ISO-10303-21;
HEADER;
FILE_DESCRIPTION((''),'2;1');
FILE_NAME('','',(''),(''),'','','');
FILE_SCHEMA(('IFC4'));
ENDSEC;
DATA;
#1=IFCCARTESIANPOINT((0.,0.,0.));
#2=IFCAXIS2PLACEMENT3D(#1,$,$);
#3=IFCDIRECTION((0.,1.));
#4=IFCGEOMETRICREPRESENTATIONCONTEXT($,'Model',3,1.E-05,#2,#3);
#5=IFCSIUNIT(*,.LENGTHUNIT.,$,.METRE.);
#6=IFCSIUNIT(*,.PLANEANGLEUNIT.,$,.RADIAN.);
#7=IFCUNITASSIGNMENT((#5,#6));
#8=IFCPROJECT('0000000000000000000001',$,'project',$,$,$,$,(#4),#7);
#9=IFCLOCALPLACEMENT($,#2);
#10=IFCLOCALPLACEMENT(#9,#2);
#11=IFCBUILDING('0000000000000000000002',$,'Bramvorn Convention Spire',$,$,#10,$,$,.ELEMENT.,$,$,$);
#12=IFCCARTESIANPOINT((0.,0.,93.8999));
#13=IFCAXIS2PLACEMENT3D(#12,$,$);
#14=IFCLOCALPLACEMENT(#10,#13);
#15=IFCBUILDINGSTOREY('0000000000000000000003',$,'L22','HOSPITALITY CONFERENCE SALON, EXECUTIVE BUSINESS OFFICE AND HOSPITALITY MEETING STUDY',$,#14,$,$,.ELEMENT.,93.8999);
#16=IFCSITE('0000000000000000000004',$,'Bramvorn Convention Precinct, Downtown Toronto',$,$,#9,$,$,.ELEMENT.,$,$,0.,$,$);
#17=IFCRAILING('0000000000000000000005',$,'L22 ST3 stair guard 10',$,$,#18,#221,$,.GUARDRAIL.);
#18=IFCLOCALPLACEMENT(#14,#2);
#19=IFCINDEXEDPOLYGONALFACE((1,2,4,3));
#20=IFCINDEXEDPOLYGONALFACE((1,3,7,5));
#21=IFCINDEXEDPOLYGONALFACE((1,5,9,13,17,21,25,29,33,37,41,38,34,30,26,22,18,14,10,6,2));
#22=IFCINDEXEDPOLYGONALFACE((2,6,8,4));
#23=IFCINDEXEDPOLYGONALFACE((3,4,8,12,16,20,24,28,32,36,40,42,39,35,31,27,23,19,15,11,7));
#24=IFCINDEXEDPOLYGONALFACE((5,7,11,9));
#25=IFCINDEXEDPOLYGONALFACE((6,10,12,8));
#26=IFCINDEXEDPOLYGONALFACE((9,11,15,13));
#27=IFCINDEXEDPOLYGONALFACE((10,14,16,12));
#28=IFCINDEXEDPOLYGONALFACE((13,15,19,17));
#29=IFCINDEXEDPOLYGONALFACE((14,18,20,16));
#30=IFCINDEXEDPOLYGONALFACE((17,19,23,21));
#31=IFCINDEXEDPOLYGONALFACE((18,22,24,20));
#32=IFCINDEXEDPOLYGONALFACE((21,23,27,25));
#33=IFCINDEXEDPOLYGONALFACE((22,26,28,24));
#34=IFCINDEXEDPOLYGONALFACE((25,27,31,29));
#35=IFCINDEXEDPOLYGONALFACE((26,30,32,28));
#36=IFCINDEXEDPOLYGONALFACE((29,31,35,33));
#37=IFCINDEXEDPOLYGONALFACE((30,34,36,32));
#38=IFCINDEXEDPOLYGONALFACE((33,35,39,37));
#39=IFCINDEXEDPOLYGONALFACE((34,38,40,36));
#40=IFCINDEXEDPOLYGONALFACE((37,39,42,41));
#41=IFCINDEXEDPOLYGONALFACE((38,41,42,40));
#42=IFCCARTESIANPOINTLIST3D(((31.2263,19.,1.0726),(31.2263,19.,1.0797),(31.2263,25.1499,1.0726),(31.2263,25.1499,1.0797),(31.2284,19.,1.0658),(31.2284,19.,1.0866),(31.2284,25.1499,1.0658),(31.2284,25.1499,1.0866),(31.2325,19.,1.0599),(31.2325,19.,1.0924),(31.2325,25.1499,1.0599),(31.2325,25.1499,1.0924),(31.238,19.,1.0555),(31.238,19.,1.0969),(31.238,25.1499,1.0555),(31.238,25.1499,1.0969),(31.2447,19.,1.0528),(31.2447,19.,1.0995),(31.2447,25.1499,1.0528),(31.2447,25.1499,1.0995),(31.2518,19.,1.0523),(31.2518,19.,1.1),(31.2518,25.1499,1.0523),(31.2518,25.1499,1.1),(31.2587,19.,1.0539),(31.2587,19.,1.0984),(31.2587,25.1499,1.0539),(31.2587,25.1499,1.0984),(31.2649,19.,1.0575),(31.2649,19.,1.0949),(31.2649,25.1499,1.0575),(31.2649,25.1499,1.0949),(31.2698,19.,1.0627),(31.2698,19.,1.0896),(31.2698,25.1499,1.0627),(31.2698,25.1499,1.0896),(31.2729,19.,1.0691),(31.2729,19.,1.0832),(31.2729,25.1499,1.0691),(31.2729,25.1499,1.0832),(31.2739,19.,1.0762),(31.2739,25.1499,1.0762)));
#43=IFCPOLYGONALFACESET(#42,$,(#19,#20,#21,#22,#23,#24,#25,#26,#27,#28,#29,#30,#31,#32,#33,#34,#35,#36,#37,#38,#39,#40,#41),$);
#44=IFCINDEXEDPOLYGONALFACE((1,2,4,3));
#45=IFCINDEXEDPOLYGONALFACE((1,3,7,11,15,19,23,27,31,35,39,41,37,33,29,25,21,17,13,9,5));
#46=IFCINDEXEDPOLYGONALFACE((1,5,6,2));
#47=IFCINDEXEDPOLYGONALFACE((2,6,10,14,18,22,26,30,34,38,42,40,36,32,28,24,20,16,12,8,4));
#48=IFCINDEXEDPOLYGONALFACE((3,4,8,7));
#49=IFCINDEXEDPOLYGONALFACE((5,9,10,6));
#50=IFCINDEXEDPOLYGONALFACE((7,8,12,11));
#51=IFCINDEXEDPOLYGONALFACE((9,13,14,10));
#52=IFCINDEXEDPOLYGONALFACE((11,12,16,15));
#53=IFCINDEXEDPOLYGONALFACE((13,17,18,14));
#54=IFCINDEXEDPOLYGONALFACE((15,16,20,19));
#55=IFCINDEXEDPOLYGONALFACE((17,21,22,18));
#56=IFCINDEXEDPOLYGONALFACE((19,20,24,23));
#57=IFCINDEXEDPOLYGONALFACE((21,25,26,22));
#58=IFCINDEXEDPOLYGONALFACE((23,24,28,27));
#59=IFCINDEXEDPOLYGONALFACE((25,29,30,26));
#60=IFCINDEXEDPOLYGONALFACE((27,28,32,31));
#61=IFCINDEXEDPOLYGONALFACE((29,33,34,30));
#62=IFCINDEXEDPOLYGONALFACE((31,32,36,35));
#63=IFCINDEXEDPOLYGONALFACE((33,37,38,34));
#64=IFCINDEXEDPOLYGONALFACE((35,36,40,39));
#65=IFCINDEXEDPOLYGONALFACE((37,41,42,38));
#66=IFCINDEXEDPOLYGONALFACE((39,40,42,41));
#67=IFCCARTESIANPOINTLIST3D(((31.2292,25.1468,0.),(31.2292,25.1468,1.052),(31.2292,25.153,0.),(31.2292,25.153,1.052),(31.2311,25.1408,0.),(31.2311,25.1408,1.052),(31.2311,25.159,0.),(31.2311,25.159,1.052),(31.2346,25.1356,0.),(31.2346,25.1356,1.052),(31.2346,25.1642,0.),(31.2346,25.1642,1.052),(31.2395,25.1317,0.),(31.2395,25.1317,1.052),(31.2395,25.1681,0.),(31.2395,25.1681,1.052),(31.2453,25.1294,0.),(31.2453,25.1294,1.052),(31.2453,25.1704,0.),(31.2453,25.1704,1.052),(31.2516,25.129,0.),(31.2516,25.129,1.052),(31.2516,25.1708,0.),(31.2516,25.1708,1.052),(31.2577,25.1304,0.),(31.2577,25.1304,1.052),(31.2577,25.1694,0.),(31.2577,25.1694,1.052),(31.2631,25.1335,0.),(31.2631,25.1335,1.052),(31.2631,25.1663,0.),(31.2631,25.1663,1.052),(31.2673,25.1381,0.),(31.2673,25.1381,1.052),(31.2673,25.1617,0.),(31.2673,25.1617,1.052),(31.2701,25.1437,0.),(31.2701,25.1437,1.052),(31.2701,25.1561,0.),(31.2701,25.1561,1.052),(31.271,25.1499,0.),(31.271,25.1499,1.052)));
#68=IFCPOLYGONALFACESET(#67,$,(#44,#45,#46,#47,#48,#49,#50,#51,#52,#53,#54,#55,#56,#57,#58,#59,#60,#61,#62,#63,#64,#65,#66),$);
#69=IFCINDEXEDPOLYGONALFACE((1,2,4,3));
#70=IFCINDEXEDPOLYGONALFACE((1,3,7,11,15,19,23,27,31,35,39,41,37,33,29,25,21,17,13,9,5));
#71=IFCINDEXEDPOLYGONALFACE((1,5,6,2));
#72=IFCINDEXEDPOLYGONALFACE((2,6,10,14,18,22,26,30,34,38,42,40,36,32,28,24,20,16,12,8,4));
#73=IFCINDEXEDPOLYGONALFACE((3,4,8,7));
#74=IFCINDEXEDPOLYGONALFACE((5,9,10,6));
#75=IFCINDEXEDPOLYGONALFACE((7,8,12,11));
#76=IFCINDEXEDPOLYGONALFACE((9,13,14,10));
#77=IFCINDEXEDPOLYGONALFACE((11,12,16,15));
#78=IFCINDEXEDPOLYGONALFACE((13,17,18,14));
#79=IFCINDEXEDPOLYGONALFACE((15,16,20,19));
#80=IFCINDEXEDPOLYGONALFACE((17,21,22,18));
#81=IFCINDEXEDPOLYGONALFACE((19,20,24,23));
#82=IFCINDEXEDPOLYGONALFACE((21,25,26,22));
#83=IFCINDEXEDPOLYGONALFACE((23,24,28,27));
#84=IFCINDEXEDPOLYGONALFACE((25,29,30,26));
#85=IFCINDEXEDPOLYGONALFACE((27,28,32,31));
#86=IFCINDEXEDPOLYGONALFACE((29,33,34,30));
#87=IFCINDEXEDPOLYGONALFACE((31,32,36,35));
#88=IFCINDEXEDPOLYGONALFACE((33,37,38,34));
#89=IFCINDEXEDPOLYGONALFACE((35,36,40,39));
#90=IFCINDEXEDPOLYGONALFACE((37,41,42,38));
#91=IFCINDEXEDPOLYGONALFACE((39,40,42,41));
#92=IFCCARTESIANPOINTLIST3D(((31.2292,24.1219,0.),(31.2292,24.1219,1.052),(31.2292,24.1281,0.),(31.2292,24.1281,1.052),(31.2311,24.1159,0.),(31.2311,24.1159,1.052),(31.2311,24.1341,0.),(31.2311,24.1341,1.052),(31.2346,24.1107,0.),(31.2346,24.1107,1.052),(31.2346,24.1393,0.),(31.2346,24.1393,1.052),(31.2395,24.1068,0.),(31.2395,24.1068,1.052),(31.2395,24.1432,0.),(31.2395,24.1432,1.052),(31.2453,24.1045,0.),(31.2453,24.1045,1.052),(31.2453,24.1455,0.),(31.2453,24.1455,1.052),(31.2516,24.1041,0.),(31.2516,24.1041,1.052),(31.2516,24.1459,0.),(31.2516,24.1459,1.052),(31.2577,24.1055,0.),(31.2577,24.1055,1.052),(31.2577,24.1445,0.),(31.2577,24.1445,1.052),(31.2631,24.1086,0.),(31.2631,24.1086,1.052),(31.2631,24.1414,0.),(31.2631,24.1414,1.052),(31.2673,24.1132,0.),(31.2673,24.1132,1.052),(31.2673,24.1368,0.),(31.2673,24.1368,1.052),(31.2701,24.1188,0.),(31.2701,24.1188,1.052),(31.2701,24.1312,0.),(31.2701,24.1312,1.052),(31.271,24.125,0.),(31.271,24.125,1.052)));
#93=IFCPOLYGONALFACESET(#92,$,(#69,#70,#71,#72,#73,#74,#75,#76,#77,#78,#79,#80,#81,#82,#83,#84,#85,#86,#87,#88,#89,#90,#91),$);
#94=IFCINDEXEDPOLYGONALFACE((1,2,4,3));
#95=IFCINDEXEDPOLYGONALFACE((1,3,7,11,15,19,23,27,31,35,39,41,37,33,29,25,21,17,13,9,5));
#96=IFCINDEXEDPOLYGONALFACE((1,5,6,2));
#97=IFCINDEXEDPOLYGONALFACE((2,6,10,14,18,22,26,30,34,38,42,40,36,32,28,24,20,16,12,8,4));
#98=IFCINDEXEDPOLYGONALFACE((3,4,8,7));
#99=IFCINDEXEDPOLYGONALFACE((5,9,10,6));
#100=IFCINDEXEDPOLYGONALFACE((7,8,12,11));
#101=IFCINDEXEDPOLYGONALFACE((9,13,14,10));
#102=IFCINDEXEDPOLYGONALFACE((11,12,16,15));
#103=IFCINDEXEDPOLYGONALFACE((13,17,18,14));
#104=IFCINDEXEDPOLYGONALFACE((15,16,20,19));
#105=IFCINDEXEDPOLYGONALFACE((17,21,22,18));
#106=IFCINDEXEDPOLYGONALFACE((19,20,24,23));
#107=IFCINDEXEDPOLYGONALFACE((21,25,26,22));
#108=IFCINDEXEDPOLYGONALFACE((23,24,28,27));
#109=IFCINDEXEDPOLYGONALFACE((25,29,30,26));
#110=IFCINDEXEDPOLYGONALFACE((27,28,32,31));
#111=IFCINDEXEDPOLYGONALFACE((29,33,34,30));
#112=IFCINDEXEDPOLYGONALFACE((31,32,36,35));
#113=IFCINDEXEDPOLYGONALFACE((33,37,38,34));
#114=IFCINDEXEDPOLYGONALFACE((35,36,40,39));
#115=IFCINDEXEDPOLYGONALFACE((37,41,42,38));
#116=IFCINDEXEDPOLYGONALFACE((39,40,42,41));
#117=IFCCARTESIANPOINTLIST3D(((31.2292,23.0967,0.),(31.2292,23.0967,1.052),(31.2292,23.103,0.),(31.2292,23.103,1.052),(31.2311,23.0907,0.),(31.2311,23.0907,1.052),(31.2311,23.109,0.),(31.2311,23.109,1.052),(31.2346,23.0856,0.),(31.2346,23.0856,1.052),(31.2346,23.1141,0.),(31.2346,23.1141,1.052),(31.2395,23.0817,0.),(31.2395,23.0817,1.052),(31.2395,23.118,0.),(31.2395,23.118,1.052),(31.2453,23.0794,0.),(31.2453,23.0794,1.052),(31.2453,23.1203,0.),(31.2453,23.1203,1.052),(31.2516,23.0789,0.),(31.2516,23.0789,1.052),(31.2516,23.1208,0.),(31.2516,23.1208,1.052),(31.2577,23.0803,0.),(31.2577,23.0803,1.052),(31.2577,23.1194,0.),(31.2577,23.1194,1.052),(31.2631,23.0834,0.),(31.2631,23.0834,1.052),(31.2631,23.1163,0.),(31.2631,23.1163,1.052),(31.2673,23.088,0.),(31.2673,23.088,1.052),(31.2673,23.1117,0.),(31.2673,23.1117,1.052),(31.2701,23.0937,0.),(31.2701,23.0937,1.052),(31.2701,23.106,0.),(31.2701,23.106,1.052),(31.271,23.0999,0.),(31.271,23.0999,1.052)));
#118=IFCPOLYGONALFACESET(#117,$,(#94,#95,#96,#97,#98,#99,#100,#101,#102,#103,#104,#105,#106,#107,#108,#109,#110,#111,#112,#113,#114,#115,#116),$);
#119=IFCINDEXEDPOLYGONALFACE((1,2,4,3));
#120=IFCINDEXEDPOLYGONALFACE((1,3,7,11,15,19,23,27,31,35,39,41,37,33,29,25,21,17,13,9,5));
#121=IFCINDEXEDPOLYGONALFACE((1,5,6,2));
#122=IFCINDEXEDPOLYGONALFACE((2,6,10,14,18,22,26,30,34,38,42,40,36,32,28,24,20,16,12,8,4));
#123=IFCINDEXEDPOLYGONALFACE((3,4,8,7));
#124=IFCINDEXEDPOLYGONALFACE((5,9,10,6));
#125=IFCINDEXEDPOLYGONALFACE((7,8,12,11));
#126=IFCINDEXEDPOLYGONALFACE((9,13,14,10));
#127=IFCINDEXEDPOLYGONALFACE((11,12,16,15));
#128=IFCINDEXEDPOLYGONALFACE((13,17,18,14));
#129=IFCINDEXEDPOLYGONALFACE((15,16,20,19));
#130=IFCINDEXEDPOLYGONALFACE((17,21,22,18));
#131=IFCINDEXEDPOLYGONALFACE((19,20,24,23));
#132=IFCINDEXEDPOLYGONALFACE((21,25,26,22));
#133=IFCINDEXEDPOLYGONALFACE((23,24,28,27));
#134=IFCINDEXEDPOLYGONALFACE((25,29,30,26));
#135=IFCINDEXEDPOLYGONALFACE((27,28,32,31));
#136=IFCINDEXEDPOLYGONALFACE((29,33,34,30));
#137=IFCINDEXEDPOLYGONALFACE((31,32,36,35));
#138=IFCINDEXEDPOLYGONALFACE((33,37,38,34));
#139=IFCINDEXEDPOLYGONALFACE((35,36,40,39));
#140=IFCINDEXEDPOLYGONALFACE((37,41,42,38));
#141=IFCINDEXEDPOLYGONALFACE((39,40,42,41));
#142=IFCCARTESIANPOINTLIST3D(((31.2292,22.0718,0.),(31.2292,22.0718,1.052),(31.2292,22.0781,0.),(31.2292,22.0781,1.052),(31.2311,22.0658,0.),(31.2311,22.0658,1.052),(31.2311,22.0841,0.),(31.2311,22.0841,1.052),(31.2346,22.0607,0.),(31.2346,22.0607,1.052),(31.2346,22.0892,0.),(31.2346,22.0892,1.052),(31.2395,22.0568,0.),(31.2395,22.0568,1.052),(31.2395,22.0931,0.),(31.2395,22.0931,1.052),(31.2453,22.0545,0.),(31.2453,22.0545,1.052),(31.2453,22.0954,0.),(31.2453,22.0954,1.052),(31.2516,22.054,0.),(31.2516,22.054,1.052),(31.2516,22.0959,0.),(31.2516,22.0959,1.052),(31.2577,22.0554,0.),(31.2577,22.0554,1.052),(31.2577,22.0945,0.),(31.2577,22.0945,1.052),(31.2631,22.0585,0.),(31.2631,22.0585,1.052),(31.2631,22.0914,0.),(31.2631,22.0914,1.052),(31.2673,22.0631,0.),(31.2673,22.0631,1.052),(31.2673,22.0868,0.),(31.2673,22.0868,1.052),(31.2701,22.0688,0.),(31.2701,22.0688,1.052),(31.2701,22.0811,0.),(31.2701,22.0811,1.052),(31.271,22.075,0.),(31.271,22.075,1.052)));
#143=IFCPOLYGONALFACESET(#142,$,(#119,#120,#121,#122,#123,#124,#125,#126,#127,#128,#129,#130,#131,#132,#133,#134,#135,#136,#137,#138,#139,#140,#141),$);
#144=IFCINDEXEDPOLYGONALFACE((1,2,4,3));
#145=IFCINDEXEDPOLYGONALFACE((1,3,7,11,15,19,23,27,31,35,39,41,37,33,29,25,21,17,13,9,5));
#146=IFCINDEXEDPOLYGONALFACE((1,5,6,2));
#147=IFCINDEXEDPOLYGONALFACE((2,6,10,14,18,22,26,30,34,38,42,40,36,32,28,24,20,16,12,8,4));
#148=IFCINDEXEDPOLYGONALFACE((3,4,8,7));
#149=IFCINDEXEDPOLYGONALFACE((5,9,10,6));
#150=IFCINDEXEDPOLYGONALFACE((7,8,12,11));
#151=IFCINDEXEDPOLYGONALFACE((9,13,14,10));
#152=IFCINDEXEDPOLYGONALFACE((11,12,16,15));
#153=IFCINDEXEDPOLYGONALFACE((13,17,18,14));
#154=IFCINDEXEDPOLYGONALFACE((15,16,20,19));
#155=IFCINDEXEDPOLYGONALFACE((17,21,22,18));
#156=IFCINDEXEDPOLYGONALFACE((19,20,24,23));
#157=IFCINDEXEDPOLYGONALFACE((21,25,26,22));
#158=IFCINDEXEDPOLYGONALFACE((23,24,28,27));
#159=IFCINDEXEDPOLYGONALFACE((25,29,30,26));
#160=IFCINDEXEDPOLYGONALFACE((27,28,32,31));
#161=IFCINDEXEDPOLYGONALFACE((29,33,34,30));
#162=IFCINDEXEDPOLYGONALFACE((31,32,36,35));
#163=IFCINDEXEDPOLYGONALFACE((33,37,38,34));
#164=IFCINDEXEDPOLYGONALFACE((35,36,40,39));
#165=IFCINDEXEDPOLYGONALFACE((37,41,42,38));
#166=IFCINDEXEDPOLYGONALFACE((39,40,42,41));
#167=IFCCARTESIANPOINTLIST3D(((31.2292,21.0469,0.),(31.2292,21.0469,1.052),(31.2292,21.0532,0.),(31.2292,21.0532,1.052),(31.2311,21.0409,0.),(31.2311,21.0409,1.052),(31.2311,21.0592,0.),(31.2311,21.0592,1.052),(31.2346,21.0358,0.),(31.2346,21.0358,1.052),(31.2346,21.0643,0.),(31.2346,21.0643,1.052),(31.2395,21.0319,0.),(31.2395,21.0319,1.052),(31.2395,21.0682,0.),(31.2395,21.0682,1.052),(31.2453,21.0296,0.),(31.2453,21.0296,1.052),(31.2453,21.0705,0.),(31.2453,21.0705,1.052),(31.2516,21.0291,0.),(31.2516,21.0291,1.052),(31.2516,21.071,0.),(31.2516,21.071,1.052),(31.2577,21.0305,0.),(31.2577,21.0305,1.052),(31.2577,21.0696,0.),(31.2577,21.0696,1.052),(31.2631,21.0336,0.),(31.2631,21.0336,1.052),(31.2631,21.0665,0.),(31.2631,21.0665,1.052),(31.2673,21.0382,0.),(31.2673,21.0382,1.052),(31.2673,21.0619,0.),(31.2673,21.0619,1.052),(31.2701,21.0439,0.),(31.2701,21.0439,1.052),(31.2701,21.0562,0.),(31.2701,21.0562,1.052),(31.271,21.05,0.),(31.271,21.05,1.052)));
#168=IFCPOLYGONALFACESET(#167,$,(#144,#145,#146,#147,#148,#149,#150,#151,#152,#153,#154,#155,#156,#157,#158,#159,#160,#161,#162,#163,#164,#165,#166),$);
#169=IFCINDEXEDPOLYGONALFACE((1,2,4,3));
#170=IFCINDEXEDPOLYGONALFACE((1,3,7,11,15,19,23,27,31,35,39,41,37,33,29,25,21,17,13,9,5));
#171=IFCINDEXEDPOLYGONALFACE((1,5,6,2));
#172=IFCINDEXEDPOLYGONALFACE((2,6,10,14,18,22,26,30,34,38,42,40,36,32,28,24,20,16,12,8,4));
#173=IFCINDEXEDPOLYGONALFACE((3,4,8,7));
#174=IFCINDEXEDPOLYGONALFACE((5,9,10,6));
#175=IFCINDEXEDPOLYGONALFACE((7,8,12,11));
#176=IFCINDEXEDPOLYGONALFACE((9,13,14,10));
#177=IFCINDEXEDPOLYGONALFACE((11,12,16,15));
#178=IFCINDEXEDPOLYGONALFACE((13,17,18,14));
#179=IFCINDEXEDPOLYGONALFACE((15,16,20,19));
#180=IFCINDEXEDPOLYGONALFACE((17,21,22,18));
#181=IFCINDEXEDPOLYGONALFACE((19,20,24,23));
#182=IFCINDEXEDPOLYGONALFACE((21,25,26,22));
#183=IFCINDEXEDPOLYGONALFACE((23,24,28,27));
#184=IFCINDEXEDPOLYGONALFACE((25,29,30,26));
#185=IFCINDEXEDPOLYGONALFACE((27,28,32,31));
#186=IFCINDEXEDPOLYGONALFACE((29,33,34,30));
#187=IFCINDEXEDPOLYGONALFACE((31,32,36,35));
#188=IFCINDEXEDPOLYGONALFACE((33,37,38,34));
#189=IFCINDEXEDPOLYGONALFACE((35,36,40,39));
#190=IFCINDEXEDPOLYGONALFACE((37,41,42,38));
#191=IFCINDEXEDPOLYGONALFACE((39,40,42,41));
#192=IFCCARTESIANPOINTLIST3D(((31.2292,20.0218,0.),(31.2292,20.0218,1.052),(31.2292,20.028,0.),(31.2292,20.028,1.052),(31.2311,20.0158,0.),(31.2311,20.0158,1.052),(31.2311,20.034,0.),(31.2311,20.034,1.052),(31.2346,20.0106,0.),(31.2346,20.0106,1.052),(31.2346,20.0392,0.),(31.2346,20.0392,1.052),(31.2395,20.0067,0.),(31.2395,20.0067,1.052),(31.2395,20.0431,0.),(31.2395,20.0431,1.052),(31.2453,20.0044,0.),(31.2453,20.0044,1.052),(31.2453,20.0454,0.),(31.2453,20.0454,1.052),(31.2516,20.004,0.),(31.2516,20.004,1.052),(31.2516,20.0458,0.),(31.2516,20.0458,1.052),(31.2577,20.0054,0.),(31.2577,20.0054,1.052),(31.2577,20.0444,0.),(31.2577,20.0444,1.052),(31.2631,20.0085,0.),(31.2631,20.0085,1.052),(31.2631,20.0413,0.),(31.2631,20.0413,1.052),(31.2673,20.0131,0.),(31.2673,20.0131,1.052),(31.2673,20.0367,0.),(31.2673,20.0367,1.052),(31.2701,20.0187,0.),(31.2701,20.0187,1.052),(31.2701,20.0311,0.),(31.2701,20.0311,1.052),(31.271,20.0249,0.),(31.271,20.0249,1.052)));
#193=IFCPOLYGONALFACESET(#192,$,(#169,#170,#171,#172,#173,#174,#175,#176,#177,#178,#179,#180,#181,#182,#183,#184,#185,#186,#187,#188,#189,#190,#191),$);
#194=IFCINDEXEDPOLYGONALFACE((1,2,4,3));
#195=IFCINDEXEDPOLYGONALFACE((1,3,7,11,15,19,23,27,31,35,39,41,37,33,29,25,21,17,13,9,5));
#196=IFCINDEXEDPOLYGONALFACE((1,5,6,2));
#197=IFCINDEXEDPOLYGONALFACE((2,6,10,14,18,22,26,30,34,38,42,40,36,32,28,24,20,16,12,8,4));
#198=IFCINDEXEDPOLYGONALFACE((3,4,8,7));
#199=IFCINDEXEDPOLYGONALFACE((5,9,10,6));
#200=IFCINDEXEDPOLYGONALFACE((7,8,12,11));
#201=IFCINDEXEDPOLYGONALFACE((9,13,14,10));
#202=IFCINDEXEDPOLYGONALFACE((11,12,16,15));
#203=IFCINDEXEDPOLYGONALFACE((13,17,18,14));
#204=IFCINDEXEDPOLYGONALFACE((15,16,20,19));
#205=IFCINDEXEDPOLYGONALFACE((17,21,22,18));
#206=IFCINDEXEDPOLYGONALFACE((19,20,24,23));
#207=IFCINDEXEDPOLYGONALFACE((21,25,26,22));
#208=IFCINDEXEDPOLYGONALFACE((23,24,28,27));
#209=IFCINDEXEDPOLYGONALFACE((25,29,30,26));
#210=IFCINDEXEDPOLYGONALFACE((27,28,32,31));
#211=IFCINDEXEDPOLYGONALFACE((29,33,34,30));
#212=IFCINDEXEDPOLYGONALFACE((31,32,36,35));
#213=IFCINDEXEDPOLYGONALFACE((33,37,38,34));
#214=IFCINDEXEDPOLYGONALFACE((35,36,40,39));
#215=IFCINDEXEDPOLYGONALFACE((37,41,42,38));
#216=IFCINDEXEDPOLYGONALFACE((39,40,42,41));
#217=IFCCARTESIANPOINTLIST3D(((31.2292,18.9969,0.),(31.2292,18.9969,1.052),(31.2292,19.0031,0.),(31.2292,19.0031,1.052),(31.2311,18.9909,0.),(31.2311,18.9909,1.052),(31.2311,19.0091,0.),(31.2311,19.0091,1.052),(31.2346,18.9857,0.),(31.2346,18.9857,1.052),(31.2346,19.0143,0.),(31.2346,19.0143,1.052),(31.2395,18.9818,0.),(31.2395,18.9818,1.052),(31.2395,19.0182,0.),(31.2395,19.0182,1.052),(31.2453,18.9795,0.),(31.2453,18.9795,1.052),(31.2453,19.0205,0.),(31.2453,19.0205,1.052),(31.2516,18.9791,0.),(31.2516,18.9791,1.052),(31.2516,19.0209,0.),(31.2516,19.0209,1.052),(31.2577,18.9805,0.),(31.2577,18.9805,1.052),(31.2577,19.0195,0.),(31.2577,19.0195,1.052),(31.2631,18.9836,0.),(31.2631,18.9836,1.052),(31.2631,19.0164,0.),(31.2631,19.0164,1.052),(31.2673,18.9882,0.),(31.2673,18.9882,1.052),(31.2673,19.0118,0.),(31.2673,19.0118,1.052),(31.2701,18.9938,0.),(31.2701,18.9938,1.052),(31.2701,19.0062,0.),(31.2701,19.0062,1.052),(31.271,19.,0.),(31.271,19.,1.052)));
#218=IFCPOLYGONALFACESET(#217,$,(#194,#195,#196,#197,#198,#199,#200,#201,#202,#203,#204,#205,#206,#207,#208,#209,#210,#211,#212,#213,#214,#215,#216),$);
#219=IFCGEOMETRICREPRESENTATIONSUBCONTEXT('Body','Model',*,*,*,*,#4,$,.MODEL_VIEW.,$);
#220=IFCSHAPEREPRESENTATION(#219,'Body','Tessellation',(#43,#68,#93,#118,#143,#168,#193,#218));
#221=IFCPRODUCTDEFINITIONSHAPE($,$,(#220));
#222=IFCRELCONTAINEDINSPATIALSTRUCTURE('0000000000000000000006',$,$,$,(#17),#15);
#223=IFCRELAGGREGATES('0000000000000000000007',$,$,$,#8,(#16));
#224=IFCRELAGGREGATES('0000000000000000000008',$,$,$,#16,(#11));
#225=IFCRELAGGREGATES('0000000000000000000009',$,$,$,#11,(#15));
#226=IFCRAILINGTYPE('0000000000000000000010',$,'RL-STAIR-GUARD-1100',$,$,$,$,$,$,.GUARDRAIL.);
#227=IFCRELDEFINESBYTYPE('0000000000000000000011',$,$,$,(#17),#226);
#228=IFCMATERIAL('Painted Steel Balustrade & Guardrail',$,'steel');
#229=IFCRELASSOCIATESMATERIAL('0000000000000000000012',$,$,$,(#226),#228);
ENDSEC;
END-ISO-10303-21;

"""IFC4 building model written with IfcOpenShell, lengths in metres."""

from ifc_helpers import new_model, si_unit, direction, frame, origin, origin_2d, place, context, subcontext, project, spatial, circle, extrude, material, type_object, element, save


model = new_model("IFC4")

# Units and contexts
model_context = context("Model", 3, precision=1e-05, world=origin(), true_north=direction((0.0, 1.0)))
body_context = subcontext(model_context, "Body", "Model", "MODEL_VIEW")
ifc_project = project(units=[si_unit("LENGTHUNIT", "METRE"), si_unit("PLANEANGLEUNIT", "RADIAN")], contexts=[model_context])

# Site, building, storey
site_placement = place(None, origin())
site = spatial("IfcSite", under=ifc_project, at=site_placement, Name="Bramvorn Convention Precinct, Downtown Toronto", CompositionType="ELEMENT", RefElevation=0.0)
building_placement = place(site_placement, origin())
building = spatial("IfcBuilding", under=site, at=building_placement, Name="Bramvorn Convention Spire", CompositionType="ELEMENT")
storey_placement = place(building_placement, frame((0.0, 0.0, 93.8999)))
storey = spatial("IfcBuildingStorey", under=building, at=storey_placement, Name="L22", Description="HOSPITALITY CONFERENCE SALON, EXECUTIVE BUSINESS OFFICE AND HOSPITALITY MEETING STUDY", CompositionType="ELEMENT", Elevation=93.8999)

# Railing
ifc_material_1 = material(Name="Painted Steel Balustrade & Guardrail", Category="steel")
railing_type_1 = type_object("IfcRailingType", Name="RL-STAIR-GUARD-1100", PredefinedType="GUARDRAIL", material=ifc_material_1)
railing_1_placement = place(storey_placement, frame((31.25, 25.1499, 0.0)))
element("IfcRailing", 1, at=railing_1_placement, inside=storey, type_object=railing_type_1, Name="L22 ST3 stair guard 10", PredefinedType="GUARDRAIL", context=body_context, shape_type="SweptSolid", body=[
    extrude(circle(Radius=0.0239, at=origin_2d()), frame((0.0, 0.0, 1.0762), z_axis=(0.0, -1.0, 0.0), x_axis=(1.0, 0.0, 0.0)), (0.0, 0.0, 1.0), 6.1499),
    extrude(circle(Radius=0.021, at=origin_2d()), origin(), (0.0, 0.0, 1.0), 1.052),
    extrude(circle(Radius=0.021, at=origin_2d()), frame((0.0, -1.0249, 0.0)), (0.0, 0.0, 1.0), 1.052),
    extrude(circle(Radius=0.021, at=origin_2d()), frame((0.0, -2.05, 0.0)), (0.0, 0.0, 1.0), 1.052),
    extrude(circle(Radius=0.021, at=origin_2d()), frame((0.0, -3.075, 0.0)), (0.0, 0.0, 1.0), 1.052),
    extrude(circle(Radius=0.021, at=origin_2d()), frame((0.0, -4.0999, 0.0)), (0.0, 0.0, 1.0), 1.052),
    extrude(circle(Radius=0.021, at=origin_2d()), frame((0.0, -5.125, 0.0)), (0.0, 0.0, 1.0), 1.052),
    extrude(circle(Radius=0.021, at=origin_2d()), frame((0.0, -6.1499, 0.0)), (0.0, 0.0, 1.0), 1.052),
])

save(model, "model.ifc")
